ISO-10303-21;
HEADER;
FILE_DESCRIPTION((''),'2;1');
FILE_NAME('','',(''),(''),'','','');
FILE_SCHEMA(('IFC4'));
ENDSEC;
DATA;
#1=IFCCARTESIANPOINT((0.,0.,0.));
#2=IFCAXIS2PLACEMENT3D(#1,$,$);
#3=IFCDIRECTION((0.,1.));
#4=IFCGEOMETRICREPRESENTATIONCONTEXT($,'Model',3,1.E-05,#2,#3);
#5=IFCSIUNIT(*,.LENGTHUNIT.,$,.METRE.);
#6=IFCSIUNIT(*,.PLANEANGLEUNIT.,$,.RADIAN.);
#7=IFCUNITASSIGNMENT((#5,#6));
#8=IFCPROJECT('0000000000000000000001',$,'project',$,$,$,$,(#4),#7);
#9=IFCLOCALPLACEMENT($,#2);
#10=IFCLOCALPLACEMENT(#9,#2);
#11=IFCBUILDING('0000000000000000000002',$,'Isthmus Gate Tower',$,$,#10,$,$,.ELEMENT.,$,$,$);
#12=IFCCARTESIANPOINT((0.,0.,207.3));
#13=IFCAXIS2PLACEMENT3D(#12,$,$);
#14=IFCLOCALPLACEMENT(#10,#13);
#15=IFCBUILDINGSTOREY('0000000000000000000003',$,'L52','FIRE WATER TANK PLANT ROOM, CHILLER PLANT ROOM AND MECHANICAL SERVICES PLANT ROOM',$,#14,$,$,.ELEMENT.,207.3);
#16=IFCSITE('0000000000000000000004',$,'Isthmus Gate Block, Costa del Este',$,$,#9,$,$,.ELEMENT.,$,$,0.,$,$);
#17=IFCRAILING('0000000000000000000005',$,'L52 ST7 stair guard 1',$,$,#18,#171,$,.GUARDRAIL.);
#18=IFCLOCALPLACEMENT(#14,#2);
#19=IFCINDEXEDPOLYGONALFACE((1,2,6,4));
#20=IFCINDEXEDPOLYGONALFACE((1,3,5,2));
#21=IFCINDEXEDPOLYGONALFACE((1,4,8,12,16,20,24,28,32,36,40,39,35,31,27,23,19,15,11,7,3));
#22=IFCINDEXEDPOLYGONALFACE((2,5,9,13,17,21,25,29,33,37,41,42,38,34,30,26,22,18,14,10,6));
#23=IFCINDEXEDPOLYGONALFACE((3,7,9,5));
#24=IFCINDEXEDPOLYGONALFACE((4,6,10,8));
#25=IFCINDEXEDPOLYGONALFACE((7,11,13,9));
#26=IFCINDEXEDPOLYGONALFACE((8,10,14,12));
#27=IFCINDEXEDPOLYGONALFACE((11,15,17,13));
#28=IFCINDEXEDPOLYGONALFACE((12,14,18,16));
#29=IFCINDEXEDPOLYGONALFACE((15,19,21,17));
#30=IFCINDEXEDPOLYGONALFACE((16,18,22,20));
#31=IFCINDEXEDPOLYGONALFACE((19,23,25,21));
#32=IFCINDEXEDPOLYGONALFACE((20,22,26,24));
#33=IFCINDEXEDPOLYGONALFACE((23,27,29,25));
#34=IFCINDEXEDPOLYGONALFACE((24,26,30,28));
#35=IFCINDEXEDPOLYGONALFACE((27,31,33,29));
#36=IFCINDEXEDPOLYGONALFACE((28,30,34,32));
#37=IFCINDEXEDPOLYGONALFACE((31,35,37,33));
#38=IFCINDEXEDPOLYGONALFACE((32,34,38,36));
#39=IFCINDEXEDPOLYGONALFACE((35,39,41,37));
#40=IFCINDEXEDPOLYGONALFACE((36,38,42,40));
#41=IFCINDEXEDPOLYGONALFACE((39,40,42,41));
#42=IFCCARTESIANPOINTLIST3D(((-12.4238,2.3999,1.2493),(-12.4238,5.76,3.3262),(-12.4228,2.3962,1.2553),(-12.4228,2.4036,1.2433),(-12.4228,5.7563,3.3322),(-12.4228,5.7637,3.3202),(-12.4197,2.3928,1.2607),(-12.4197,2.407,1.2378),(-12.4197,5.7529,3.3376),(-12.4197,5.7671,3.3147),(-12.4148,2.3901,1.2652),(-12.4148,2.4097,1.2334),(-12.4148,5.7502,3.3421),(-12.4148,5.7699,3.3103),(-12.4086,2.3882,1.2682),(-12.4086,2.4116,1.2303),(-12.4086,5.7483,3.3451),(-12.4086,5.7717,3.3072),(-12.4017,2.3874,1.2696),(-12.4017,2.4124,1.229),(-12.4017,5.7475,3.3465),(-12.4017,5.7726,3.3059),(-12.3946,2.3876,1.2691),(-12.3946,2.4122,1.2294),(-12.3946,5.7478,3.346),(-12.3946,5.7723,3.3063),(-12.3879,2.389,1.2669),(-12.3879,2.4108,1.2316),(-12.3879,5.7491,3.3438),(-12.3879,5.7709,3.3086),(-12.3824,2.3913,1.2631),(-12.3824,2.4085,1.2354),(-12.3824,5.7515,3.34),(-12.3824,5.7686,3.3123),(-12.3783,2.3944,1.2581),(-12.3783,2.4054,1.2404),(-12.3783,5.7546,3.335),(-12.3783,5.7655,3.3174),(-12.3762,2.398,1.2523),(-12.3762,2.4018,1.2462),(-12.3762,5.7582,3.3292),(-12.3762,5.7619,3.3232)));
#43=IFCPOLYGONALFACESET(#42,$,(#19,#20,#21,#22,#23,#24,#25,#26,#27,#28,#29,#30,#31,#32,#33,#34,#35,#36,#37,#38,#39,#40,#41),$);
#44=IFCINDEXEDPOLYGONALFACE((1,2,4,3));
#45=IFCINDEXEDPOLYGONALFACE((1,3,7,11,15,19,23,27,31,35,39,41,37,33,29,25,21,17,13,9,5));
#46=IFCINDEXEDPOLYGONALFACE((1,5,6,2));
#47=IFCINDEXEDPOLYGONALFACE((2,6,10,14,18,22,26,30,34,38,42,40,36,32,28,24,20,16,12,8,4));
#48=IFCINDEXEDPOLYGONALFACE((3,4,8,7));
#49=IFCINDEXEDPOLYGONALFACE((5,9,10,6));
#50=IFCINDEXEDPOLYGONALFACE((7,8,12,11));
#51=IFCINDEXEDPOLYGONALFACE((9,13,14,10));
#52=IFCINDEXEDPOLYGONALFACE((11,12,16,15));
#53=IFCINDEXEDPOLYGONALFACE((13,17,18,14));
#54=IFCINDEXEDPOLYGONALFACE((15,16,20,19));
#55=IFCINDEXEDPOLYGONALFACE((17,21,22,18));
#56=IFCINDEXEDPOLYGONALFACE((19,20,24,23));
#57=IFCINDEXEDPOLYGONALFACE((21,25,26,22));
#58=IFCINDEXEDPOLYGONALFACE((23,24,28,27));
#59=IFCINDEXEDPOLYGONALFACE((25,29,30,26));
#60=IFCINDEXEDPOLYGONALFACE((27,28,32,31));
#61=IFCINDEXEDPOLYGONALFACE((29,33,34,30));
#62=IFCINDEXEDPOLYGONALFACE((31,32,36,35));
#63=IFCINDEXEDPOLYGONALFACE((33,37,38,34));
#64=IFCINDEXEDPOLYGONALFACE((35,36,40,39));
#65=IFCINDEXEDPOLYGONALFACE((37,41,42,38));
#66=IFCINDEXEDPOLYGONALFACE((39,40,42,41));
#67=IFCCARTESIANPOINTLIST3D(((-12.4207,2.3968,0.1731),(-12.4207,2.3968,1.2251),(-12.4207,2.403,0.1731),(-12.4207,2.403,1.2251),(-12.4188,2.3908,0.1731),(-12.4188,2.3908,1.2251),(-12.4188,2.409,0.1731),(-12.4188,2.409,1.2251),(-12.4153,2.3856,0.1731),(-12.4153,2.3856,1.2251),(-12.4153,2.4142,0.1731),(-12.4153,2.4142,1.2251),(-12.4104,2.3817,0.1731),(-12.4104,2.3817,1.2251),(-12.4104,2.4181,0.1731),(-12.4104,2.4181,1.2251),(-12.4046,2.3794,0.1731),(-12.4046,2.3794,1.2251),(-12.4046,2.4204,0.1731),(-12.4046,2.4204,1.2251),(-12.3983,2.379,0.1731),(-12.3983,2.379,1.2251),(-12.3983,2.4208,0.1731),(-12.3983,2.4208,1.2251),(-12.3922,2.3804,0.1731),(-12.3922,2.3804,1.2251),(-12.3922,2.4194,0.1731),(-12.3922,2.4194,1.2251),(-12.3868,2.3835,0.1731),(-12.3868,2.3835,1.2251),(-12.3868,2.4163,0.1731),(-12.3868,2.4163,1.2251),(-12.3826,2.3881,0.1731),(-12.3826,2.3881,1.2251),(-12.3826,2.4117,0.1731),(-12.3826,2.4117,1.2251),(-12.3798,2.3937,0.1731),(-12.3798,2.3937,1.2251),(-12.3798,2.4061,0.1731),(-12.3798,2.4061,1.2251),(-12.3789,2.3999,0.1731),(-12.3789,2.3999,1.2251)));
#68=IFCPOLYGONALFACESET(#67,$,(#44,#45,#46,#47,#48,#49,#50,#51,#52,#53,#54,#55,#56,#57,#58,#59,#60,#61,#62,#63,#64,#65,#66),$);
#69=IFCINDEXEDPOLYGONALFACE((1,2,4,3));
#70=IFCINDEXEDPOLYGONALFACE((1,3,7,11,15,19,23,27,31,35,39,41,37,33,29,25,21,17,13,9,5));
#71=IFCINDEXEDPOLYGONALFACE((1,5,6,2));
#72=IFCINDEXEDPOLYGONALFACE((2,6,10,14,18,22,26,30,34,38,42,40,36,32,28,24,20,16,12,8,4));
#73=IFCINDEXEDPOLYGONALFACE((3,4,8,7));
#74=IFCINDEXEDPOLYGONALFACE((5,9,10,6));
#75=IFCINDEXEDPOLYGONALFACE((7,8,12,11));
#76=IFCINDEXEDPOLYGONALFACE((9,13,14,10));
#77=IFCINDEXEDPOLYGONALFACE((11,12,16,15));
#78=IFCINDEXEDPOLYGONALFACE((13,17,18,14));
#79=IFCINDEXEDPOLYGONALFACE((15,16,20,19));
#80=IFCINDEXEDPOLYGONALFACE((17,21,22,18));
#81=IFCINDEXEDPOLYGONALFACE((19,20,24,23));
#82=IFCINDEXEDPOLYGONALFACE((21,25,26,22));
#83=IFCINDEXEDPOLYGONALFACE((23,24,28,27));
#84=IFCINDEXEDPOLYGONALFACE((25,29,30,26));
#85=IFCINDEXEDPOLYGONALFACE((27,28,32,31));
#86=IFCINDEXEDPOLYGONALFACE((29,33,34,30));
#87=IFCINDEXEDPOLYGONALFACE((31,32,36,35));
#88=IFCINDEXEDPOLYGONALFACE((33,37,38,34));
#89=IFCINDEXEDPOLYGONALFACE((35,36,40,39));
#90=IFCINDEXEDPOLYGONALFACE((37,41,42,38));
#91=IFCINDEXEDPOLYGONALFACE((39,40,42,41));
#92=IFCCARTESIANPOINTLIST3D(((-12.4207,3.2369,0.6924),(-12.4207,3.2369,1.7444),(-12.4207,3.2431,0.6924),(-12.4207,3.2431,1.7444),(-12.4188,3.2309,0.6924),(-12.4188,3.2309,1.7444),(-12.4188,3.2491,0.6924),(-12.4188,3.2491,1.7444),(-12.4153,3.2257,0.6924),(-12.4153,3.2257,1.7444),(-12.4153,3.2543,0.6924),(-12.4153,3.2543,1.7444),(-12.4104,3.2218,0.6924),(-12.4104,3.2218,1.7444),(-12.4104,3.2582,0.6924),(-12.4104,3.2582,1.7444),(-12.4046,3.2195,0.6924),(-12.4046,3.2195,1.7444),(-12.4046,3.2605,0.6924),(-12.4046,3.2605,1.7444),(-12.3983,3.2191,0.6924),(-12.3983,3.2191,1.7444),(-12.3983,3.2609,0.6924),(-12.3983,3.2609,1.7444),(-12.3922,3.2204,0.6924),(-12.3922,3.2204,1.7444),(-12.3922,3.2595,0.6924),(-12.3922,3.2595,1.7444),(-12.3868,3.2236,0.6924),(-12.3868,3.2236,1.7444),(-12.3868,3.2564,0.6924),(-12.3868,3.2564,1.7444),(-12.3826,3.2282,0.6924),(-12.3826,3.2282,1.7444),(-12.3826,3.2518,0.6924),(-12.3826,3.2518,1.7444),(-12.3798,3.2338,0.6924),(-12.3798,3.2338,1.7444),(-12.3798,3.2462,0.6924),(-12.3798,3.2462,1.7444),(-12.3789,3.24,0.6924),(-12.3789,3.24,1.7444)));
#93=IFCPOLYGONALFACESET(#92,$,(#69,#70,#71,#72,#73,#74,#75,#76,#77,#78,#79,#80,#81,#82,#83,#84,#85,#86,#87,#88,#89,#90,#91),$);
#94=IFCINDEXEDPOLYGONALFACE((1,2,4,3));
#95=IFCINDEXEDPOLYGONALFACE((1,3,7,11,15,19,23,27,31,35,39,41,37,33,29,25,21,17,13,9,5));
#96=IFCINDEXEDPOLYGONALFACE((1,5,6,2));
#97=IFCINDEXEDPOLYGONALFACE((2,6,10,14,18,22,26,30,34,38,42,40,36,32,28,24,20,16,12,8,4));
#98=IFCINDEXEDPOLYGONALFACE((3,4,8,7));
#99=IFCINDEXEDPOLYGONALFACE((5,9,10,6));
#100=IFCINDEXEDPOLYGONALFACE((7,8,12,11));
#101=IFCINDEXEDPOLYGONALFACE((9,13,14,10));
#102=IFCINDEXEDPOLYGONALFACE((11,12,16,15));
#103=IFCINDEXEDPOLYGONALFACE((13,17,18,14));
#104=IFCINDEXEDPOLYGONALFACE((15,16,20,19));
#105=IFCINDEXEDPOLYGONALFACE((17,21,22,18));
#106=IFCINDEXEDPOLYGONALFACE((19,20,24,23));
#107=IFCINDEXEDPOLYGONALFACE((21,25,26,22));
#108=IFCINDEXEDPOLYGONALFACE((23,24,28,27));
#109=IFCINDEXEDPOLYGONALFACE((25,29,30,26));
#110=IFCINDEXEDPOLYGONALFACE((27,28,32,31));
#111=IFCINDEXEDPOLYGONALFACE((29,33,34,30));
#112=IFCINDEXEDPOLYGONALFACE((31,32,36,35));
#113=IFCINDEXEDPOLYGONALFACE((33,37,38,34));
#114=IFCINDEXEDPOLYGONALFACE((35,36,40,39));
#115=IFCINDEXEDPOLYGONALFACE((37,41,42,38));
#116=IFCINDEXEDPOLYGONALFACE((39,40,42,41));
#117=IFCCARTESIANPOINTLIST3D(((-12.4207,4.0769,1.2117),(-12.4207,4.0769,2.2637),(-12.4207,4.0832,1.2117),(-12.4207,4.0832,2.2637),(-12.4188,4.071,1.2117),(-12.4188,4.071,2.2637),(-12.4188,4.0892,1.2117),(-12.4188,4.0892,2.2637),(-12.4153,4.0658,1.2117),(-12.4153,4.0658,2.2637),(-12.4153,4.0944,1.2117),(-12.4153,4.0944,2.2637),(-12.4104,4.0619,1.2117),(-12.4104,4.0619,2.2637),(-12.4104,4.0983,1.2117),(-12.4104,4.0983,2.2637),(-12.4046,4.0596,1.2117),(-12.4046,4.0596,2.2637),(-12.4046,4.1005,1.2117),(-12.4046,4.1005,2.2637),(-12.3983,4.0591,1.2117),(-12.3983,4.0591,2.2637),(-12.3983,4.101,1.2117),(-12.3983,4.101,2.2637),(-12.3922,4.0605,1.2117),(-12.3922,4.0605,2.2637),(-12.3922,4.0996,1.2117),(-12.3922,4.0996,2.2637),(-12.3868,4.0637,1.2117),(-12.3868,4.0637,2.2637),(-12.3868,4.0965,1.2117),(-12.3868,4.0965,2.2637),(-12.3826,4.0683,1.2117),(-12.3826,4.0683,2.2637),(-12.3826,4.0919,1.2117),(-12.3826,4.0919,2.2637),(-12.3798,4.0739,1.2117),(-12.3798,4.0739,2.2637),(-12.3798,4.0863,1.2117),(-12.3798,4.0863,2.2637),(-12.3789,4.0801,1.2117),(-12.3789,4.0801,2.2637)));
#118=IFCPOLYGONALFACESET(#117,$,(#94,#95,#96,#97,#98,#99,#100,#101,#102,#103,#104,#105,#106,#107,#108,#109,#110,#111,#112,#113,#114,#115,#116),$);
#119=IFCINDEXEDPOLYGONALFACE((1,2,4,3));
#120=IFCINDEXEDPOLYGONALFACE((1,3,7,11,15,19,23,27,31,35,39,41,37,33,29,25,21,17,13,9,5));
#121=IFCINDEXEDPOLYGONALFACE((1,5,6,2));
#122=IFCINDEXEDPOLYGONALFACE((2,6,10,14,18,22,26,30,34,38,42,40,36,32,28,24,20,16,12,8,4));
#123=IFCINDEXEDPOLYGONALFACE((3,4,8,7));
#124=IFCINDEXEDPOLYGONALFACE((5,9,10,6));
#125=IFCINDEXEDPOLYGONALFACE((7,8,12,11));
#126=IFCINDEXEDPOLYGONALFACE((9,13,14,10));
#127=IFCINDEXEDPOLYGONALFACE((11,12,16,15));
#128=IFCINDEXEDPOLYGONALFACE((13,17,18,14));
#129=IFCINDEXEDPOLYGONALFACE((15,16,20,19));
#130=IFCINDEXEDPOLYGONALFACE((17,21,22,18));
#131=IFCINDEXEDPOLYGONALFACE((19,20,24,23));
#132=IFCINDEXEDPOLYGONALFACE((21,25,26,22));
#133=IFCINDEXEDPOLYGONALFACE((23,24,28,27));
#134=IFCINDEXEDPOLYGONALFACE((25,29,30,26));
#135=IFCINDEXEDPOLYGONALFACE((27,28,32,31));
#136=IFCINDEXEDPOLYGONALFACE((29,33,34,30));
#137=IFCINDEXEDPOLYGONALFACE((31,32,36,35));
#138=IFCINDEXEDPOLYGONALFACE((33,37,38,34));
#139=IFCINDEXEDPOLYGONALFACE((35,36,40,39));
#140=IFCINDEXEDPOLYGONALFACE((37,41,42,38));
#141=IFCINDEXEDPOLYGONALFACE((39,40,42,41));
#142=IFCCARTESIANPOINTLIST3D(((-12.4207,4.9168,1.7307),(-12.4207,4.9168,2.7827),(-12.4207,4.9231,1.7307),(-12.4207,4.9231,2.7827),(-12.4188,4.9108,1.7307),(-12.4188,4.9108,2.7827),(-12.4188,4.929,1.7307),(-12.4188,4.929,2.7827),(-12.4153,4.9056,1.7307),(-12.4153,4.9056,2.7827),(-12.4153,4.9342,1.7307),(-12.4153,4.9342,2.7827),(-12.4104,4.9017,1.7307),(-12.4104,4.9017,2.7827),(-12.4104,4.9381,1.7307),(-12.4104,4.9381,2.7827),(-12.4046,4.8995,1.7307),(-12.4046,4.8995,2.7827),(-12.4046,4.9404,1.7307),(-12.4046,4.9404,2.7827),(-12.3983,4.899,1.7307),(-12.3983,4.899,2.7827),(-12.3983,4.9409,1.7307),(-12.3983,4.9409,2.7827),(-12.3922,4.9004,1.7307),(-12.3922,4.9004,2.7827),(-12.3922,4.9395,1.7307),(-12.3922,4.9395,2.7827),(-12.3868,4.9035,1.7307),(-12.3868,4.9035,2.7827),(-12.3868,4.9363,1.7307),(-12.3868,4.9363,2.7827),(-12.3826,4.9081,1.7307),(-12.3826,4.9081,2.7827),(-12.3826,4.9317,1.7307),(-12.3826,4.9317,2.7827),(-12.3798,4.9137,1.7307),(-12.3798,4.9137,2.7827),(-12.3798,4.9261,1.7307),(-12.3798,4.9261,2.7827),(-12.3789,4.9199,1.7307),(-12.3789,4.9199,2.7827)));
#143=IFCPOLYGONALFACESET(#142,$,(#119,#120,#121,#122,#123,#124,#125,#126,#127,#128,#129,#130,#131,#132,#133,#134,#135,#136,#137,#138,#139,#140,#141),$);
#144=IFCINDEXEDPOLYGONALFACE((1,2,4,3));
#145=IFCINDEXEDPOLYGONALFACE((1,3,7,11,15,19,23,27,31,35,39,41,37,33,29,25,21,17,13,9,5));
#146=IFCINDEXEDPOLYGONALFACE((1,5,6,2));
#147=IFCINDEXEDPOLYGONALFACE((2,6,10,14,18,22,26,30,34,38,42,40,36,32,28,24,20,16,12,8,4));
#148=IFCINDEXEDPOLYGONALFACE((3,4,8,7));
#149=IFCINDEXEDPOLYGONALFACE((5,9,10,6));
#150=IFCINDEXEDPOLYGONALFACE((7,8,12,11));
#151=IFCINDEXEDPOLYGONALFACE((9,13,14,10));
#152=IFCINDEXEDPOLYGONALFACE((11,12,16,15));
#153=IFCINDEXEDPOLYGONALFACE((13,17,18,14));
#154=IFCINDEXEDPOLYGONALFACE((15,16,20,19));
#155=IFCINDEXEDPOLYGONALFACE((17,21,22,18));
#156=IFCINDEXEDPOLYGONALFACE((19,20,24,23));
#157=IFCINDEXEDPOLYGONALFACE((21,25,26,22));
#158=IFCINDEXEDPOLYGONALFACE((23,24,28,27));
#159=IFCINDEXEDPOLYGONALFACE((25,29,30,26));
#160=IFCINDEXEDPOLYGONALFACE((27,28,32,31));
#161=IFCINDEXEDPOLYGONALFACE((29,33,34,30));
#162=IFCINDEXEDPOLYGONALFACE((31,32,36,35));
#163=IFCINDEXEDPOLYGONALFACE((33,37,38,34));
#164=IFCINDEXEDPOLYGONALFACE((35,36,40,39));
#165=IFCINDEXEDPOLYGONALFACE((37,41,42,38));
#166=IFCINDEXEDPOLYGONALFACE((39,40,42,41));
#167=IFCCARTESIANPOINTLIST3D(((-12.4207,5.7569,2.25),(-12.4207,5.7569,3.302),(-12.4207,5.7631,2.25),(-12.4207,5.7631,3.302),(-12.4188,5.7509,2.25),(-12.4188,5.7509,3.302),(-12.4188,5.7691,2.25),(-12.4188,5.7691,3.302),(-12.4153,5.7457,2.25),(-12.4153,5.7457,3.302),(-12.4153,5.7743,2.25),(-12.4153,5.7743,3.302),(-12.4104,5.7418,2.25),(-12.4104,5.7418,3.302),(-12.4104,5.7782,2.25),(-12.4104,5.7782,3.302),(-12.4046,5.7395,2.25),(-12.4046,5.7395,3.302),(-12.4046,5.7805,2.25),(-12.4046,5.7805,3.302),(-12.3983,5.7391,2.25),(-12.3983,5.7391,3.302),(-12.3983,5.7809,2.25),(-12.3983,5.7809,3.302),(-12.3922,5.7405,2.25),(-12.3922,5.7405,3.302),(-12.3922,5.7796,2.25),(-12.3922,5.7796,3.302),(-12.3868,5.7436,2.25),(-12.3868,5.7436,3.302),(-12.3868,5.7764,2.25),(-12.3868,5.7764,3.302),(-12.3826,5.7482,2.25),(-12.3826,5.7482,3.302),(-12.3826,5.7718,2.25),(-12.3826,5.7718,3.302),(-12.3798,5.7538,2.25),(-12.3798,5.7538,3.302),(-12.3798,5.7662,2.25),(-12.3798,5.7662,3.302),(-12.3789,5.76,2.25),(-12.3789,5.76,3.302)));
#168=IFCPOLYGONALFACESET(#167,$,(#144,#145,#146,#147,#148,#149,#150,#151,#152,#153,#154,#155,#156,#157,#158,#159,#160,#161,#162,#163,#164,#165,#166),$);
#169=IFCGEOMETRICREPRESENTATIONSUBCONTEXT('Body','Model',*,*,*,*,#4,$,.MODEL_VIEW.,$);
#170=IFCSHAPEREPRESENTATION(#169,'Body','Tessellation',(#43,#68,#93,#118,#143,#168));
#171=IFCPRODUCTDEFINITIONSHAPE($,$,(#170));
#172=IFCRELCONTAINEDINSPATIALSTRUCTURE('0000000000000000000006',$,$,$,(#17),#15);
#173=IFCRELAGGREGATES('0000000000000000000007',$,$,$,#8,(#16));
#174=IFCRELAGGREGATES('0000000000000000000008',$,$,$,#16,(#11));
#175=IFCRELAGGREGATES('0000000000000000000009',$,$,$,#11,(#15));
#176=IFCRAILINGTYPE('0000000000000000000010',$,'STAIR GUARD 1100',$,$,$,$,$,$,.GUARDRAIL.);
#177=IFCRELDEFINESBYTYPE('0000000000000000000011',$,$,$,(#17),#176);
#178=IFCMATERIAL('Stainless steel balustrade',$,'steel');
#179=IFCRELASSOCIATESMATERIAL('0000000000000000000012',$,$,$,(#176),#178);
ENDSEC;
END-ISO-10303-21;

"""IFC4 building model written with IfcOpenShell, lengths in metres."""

from ifc_helpers import new_model, si_unit, direction, frame, origin, origin_2d, place, context, subcontext, project, spatial, circle, extrude, material, type_object, element, save


model = new_model("IFC4")

# Units and contexts
model_context = context("Model", 3, precision=1e-05, world=origin(), true_north=direction((0.0, 1.0)))
body_context = subcontext(model_context, "Body", "Model", "MODEL_VIEW")
ifc_project = project(units=[si_unit("LENGTHUNIT", "METRE"), si_unit("PLANEANGLEUNIT", "RADIAN")], contexts=[model_context])

# Site, building, storey
site_placement = place(None, origin())
site = spatial("IfcSite", under=ifc_project, at=site_placement, Name="Isthmus Gate Block, Costa del Este", CompositionType="ELEMENT", RefElevation=0.0)
building_placement = place(site_placement, origin())
building = spatial("IfcBuilding", under=site, at=building_placement, Name="Isthmus Gate Tower", CompositionType="ELEMENT")
storey_placement = place(building_placement, frame((0.0, 0.0, 207.3)))
storey = spatial("IfcBuildingStorey", under=building, at=storey_placement, Name="L52", Description="FIRE WATER TANK PLANT ROOM, CHILLER PLANT ROOM AND MECHANICAL SERVICES PLANT ROOM", CompositionType="ELEMENT", Elevation=207.3)

# Railing
ifc_material_1 = material(Name="Stainless steel balustrade", Category="steel")
railing_type_1 = type_object("IfcRailingType", Name="STAIR GUARD 1100", PredefinedType="GUARDRAIL", material=ifc_material_1)
railing_1_placement = place(storey_placement, frame((-12.3999, 2.3999, 0.1731)))
element("IfcRailing", 1, at=railing_1_placement, inside=storey, type_object=railing_type_1, Name="L52 ST7 stair guard 1", PredefinedType="GUARDRAIL", context=body_context, shape_type="SweptSolid", body=[
    extrude(circle(Radius=0.0239, at=origin_2d()), frame((0.0, 0.0, 1.0762), z_axis=(0.0, 0.850623, 0.525776), x_axis=(-1.0, 0.0, 0.0)), (0.0, 0.0, 1.0), 3.9502),
    extrude(circle(Radius=0.021, at=origin_2d()), origin(), (0.0, 0.0, 1.0), 1.052),
    extrude(circle(Radius=0.021, at=origin_2d()), frame((0.0, 0.8401, 0.5193)), (0.0, 0.0, 1.0), 1.052),
    extrude(circle(Radius=0.021, at=origin_2d()), frame((0.0, 1.6802, 1.0386)), (0.0, 0.0, 1.0), 1.052),
    extrude(circle(Radius=0.021, at=origin_2d()), frame((0.0, 2.52, 1.5576)), (0.0, 0.0, 1.0), 1.052),
    extrude(circle(Radius=0.021, at=origin_2d()), frame((0.0, 3.3601, 2.0769)), (0.0, 0.0, 1.0), 1.052),
])

save(model, "model.ifc")
